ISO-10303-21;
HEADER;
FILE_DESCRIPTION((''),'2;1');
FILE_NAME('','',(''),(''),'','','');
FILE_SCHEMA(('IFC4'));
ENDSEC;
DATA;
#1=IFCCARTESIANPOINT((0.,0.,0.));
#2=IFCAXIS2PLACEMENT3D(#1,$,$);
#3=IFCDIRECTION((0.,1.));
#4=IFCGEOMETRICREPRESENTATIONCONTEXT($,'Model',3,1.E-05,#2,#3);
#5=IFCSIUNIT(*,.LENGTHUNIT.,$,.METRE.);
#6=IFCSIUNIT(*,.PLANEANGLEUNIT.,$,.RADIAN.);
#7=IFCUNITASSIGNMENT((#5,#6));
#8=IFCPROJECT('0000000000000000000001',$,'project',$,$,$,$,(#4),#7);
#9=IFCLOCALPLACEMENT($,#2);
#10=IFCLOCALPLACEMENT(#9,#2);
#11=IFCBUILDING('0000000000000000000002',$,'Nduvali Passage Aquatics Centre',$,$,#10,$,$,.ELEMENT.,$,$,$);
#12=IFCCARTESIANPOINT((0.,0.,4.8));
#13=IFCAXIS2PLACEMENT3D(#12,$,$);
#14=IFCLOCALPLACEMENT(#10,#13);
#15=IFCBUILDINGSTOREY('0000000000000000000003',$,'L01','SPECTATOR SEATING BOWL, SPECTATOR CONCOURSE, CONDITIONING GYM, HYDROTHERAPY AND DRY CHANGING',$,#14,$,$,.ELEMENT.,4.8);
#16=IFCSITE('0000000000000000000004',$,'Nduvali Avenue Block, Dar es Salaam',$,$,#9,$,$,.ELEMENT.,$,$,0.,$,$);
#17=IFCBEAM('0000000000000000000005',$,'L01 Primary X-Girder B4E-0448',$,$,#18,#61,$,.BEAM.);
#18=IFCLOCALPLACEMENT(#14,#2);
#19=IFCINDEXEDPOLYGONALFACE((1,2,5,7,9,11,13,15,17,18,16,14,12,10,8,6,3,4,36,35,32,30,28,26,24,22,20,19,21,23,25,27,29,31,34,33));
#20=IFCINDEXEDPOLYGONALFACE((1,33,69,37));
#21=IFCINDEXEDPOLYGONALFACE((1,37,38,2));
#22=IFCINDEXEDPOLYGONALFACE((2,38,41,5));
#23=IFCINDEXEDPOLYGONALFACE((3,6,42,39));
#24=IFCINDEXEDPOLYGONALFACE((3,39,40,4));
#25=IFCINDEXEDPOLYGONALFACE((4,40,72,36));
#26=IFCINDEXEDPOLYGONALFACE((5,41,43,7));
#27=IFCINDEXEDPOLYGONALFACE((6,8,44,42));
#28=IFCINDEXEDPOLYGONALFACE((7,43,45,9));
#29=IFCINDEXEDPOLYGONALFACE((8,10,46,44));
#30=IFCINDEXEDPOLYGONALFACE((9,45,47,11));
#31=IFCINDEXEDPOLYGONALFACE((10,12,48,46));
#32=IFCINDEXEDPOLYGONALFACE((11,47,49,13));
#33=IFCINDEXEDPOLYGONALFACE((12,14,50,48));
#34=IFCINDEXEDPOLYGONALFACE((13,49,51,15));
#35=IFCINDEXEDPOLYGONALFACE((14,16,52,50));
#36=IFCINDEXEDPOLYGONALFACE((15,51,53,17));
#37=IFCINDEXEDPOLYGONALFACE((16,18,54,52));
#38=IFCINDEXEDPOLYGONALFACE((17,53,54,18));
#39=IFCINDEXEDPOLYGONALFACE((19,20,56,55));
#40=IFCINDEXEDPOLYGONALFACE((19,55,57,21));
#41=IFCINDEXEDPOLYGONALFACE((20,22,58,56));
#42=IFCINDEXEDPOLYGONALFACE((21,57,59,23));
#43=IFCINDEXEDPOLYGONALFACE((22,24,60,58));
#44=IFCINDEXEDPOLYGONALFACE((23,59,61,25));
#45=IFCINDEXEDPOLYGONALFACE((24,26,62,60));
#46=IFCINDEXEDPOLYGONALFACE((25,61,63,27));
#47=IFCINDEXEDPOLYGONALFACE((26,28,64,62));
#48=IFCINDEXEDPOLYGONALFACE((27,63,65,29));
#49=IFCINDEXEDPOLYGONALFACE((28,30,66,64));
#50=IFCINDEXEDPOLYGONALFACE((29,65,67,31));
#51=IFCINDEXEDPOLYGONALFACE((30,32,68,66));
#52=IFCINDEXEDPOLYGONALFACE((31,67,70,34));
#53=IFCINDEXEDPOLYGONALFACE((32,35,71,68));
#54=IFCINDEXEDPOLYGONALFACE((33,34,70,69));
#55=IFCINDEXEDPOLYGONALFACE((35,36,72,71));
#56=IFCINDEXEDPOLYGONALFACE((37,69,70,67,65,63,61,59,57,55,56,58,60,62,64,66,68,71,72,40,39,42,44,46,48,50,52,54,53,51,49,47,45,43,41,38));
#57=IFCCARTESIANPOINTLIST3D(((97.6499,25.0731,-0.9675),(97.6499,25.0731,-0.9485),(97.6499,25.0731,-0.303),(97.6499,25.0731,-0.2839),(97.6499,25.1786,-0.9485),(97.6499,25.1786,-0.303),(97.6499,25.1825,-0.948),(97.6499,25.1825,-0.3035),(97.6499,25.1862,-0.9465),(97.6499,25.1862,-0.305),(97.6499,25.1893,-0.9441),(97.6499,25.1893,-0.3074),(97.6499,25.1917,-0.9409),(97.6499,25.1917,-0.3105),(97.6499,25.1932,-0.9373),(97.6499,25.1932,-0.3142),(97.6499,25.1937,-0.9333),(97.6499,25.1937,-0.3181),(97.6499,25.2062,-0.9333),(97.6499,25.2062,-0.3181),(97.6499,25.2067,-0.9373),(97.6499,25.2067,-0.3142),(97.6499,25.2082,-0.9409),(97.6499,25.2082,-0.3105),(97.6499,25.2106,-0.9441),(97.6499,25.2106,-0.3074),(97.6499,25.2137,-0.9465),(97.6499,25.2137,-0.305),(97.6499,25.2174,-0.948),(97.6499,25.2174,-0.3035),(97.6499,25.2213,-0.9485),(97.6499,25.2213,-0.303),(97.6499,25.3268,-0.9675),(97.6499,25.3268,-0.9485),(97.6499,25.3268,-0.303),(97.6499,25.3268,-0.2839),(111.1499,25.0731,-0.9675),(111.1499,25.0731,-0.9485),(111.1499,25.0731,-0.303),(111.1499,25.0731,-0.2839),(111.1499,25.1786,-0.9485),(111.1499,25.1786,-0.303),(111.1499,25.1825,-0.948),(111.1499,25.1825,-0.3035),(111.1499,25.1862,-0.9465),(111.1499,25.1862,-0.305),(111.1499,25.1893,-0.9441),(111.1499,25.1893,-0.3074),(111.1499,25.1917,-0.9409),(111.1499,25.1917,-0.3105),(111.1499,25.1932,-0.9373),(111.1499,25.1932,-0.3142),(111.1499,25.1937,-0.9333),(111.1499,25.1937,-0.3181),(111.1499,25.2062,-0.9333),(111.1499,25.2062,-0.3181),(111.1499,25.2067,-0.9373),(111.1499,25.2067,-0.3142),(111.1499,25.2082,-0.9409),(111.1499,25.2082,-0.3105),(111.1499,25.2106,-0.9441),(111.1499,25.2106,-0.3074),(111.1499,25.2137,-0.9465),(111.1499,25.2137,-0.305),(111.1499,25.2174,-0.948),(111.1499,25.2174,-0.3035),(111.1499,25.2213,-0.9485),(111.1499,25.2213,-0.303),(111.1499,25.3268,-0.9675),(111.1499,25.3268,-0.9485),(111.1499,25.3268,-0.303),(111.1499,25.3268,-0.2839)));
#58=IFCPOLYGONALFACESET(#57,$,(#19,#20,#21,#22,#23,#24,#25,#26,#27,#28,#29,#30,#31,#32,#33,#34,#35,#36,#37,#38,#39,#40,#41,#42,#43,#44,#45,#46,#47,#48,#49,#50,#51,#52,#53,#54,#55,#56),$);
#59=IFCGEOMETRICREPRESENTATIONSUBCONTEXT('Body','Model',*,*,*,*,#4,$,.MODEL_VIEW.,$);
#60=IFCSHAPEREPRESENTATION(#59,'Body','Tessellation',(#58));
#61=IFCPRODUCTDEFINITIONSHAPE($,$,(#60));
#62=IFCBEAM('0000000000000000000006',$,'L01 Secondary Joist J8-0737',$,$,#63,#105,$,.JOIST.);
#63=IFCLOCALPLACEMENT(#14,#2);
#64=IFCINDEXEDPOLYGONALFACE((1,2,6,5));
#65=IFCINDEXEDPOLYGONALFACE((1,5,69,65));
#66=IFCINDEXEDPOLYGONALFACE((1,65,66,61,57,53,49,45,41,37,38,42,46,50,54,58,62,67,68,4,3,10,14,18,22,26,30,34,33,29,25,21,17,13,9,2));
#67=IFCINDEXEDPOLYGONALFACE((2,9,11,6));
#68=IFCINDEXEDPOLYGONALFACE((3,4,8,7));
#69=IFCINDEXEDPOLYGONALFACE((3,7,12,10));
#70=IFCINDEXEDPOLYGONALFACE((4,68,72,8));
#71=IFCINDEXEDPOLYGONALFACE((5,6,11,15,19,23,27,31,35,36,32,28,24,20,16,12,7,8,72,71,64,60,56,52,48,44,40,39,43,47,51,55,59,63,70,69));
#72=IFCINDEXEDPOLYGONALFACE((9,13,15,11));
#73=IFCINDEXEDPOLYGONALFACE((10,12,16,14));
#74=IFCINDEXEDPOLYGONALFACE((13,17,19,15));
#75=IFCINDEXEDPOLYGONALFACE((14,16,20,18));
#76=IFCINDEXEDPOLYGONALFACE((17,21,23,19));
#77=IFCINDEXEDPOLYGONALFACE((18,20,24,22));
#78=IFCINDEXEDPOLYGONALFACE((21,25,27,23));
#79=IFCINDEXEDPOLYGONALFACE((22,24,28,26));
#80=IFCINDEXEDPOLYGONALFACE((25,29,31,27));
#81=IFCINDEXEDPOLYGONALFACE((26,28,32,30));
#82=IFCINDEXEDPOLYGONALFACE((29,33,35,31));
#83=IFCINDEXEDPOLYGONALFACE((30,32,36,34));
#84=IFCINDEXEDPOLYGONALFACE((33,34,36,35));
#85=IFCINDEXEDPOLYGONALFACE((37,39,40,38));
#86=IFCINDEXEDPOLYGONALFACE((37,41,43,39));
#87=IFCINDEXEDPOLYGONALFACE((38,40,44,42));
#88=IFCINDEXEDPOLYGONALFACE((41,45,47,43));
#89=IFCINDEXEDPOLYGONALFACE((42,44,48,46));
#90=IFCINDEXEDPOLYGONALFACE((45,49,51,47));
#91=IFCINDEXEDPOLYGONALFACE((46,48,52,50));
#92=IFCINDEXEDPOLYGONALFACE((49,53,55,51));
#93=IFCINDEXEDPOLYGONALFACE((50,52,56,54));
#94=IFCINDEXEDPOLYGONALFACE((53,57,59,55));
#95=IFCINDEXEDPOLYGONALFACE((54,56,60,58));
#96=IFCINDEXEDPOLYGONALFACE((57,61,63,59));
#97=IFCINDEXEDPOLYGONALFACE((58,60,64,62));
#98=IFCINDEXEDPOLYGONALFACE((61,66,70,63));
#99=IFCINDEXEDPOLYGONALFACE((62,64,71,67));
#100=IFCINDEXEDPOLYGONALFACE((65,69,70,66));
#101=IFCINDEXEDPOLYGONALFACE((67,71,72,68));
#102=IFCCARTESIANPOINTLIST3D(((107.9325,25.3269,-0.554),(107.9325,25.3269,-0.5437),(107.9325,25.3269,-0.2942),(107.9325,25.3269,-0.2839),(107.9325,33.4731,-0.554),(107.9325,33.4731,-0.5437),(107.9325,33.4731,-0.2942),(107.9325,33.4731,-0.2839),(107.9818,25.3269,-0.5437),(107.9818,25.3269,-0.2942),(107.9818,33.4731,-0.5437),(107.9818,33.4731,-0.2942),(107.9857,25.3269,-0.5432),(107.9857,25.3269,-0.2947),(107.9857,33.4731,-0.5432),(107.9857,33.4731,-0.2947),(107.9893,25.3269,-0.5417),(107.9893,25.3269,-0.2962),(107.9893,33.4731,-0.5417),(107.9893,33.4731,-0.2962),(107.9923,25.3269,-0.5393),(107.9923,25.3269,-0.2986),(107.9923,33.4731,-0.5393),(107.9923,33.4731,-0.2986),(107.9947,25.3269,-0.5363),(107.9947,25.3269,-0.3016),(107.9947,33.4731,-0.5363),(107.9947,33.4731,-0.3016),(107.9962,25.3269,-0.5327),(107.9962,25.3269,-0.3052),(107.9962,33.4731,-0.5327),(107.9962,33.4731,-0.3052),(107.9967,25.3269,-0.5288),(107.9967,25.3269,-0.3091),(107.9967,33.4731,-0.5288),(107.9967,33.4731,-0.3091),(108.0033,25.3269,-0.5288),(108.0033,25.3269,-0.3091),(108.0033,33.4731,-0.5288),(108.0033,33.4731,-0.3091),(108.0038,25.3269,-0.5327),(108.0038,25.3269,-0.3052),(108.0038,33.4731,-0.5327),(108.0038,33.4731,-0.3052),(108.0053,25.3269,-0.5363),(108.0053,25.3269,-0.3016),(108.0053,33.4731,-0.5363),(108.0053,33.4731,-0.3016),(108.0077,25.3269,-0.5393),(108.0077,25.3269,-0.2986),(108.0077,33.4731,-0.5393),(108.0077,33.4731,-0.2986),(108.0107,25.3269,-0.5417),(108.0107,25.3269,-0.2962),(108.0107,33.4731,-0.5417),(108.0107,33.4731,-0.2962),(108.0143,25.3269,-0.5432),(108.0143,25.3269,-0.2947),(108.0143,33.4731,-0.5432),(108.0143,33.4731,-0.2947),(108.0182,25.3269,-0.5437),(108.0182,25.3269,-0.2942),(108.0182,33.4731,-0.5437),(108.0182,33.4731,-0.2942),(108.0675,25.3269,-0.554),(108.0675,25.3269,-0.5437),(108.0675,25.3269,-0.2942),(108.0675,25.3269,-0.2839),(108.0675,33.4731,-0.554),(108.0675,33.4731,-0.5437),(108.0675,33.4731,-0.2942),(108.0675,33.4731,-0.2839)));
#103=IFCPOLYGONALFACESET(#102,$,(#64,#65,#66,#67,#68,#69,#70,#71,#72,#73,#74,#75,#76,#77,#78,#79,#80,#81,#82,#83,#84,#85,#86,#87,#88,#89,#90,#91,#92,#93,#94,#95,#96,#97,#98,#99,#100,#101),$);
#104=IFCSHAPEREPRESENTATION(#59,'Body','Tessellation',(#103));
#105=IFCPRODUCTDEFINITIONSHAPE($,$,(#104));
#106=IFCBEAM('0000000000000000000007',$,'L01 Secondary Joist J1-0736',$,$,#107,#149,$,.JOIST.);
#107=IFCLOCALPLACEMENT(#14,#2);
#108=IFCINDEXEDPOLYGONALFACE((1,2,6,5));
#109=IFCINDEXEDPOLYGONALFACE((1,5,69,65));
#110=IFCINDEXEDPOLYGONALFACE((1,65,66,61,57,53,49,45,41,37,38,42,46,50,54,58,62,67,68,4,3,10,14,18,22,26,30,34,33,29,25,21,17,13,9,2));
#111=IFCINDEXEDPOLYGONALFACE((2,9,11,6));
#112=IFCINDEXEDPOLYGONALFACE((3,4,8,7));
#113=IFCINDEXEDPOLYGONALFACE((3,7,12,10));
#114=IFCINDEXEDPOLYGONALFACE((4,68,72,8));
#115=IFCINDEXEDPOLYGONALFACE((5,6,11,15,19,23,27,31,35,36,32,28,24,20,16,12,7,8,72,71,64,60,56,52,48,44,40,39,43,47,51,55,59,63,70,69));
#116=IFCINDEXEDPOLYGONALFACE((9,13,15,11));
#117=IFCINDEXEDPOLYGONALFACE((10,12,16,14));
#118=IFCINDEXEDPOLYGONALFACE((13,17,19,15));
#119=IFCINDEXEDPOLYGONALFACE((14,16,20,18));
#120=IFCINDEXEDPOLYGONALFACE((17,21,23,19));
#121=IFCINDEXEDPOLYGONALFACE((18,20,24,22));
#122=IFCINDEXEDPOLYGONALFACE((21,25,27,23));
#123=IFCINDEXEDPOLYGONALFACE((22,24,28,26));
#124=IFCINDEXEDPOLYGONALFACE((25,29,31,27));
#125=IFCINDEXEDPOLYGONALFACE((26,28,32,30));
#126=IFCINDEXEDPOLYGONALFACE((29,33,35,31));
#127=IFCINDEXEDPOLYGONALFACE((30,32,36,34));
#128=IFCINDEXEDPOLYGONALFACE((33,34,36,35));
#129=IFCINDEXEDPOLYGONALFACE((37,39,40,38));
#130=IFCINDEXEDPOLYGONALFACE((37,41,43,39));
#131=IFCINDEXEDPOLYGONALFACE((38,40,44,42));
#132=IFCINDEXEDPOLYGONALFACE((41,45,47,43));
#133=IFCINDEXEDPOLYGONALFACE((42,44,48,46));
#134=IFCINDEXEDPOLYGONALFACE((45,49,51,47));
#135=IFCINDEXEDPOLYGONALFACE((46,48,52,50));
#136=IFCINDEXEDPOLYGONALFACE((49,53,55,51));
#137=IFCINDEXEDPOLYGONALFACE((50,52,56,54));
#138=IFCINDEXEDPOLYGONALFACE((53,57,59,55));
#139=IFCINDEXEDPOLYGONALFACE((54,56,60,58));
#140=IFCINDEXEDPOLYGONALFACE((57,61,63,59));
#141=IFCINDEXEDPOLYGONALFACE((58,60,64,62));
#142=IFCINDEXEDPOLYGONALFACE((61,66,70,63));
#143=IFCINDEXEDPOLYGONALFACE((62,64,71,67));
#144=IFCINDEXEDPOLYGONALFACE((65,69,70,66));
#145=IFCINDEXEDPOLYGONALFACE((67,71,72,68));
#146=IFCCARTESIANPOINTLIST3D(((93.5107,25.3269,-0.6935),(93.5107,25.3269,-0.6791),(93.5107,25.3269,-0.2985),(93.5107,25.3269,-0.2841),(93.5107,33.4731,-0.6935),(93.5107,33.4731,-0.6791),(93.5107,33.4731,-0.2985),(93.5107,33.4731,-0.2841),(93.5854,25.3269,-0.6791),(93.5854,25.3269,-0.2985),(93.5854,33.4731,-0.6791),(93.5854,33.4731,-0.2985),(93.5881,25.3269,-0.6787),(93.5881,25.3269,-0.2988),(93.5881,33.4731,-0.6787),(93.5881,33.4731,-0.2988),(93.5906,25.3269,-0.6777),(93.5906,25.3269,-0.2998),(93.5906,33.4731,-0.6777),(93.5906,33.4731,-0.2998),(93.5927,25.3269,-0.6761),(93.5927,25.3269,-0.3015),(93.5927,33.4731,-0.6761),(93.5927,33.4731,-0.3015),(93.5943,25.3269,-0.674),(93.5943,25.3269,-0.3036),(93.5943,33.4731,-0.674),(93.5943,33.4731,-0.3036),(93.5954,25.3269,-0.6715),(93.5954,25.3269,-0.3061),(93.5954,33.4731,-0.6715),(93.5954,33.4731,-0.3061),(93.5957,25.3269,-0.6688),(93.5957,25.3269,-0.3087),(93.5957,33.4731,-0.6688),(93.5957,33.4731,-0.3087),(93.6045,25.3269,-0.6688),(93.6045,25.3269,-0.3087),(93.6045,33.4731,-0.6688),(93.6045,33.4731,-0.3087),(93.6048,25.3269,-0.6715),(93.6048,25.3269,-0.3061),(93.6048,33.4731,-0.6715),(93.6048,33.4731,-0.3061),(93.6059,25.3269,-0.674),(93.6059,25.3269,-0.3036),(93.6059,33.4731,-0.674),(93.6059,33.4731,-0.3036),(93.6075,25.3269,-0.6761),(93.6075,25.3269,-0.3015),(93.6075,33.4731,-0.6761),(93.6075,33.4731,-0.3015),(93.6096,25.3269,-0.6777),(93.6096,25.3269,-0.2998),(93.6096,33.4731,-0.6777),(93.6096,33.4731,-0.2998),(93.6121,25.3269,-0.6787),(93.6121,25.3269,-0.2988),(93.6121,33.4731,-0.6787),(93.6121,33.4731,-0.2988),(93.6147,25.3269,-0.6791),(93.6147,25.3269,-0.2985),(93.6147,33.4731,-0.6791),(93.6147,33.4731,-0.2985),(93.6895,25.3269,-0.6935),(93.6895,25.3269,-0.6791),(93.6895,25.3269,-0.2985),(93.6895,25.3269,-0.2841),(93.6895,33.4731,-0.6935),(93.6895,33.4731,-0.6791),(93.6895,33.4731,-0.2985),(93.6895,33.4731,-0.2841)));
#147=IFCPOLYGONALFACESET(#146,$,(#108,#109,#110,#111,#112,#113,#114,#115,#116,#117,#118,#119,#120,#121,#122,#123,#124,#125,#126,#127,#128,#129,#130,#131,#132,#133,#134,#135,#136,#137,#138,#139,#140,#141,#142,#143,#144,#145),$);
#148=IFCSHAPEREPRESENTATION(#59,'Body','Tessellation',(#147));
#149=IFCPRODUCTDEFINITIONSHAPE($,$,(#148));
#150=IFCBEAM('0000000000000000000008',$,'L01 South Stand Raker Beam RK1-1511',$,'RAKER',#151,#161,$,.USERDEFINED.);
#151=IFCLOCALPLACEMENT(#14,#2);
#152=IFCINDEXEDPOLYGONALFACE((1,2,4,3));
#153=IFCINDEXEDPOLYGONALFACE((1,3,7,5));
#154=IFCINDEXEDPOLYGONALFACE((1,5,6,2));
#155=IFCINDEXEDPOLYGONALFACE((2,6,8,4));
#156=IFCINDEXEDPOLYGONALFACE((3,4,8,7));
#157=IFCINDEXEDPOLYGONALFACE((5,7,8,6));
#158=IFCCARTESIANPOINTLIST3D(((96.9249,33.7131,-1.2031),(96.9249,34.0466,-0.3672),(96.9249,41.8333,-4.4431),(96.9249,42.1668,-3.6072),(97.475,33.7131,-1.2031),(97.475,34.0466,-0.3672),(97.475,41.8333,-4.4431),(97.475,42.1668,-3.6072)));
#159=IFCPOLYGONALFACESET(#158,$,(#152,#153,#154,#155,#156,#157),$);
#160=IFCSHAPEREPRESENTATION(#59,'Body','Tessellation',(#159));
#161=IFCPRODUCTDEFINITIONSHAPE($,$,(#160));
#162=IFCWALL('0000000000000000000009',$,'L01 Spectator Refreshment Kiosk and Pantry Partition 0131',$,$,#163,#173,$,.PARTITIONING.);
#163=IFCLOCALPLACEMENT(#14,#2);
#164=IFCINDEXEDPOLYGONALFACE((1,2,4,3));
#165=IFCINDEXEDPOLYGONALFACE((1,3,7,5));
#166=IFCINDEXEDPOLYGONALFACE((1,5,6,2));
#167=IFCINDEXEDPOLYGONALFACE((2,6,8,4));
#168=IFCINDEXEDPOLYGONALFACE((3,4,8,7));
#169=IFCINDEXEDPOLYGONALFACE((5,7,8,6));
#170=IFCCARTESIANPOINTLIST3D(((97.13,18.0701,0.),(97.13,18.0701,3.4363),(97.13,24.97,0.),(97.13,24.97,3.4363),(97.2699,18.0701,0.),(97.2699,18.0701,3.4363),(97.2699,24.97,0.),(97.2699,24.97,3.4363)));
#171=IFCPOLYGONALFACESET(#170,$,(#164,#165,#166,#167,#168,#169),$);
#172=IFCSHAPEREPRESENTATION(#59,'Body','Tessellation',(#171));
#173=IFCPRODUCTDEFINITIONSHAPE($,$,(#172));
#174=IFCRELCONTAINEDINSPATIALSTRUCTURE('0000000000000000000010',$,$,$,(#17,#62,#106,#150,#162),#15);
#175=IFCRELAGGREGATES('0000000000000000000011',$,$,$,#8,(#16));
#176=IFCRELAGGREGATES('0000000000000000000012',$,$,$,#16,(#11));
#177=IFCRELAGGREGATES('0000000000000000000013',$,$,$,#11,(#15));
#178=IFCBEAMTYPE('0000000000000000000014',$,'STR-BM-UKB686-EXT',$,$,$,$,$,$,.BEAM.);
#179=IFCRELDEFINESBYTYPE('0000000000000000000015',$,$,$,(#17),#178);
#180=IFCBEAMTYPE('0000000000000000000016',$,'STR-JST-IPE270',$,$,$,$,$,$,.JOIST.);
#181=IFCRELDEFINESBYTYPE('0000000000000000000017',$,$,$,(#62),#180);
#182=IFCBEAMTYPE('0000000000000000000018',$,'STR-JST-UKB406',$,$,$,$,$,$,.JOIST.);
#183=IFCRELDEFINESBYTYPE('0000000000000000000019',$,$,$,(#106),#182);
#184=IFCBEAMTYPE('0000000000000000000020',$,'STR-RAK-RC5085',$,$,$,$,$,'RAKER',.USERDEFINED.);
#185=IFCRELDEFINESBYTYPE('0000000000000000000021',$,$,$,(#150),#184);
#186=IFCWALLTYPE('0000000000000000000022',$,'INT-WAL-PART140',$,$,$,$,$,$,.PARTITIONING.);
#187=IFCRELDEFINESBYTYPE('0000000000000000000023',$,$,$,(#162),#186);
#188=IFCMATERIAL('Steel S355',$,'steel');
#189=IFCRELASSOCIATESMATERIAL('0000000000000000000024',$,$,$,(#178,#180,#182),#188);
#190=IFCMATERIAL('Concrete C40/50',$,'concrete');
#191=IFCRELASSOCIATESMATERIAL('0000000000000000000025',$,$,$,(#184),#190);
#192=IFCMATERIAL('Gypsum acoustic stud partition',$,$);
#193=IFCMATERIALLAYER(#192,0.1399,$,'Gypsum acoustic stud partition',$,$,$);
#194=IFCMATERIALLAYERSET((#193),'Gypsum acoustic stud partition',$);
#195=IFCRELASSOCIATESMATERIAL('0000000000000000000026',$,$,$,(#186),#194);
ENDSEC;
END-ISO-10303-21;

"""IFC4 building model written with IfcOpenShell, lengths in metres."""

from ifc_helpers import new_model, si_unit, direction, frame, frame_2d, origin, origin_2d, place, context, subcontext, project, spatial, rectangle, i_section, extrude, material, layer, layer_set, material_profile, profile_set, type_object, element, save


model = new_model("IFC4")

# Units and contexts
model_context = context("Model", 3, precision=1e-05, world=origin(), true_north=direction((0.0, 1.0)))
body_context = subcontext(model_context, "Body", "Model", "MODEL_VIEW")
ifc_project = project(units=[si_unit("LENGTHUNIT", "METRE"), si_unit("PLANEANGLEUNIT", "RADIAN")], contexts=[model_context])

# Site, building, storey
site_placement = place(None, origin())
site = spatial("IfcSite", under=ifc_project, at=site_placement, Name="Nduvali Avenue Block, Dar es Salaam", CompositionType="ELEMENT", RefElevation=0.0)
building_placement = place(site_placement, origin())
building = spatial("IfcBuilding", under=site, at=building_placement, Name="Nduvali Passage Aquatics Centre", CompositionType="ELEMENT")
storey_placement = place(building_placement, frame((0.0, 0.0, 4.8)))
storey = spatial("IfcBuildingStorey", under=building, at=storey_placement, Name="L01", Description="SPECTATOR SEATING BOWL, SPECTATOR CONCOURSE, CONDITIONING GYM, HYDROTHERAPY AND DRY CHANGING", CompositionType="ELEMENT", Elevation=4.8)

# Shared definitions
ifc_material_1 = material(Name="Concrete C40/50", Category="concrete")

# Beams
ifc_material_2 = material(Name="Steel S355", Category="steel")
ifc_material_profile_1 = material_profile(ifc_material_2, i_section(OverallWidth=0.2537, OverallDepth=0.6836, WebThickness=0.0125, FlangeThickness=0.019, FilletRadius=0.0151, at=origin_2d()), Name="UKB 686x254x140")
ifc_profile_set_1 = profile_set([ifc_material_profile_1], Name="Steel S355")
beam_type_1 = type_object("IfcBeamType", Name="STR-BM-UKB686-EXT", PredefinedType="BEAM", material=ifc_profile_set_1)
beam_1_placement = place(storey_placement, frame((97.6499, 25.2, -0.6257), z_axis=(1.0, 0.0, 0.0), x_axis=(0.0, 1.0, 0.0)))
element("IfcBeam", 1, at=beam_1_placement, inside=storey, type_object=beam_type_1, Name="L01 Primary X-Girder B4E-0448", PredefinedType="BEAM", context=body_context, shape_type="SweptSolid", body=[
    extrude(i_section(OverallWidth=0.2537, OverallDepth=0.6836, WebThickness=0.0125, FlangeThickness=0.019, FilletRadius=0.0151, at=origin_2d()), origin(), (0.0, 0.0, 1.0), 13.5),
])
ifc_material_profile_2 = material_profile(ifc_material_2, i_section(OverallWidth=0.135, OverallDepth=0.27, WebThickness=0.0066, FlangeThickness=0.0103, FilletRadius=0.0149, at=origin_2d()), Name="IPE 270")
ifc_profile_set_2 = profile_set([ifc_material_profile_2], Name="Steel S355")
beam_type_2 = type_object("IfcBeamType", Name="STR-JST-IPE270", PredefinedType="JOIST", material=ifc_profile_set_2)
beam_2_placement = place(storey_placement, frame((108.0, 25.3269, -0.4189), z_axis=(0.0, 1.0, 0.0), x_axis=(-1.0, 0.0, 0.0)))
element("IfcBeam", 2, at=beam_2_placement, inside=storey, type_object=beam_type_2, Name="L01 Secondary Joist J8-0737", PredefinedType="JOIST", context=body_context, shape_type="SweptSolid", body=[
    extrude(i_section(OverallWidth=0.135, OverallDepth=0.27, WebThickness=0.0066, FlangeThickness=0.0103, FilletRadius=0.0149, at=origin_2d()), origin(), (0.0, 0.0, 1.0), 8.1462),
])
ifc_material_profile_3 = material_profile(ifc_material_2, i_section(OverallWidth=0.1787, OverallDepth=0.4094, WebThickness=0.0088, FlangeThickness=0.0144, FilletRadius=0.0103, at=origin_2d()), Name="UKB 406x178x67")
ifc_profile_set_3 = profile_set([ifc_material_profile_3], Name="Steel S355")
beam_type_3 = type_object("IfcBeamType", Name="STR-JST-UKB406", PredefinedType="JOIST", material=ifc_profile_set_3)
beam_3_placement = place(storey_placement, frame((93.6001, 25.3269, -0.4888), z_axis=(0.0, 1.0, 0.0), x_axis=(-1.0, 0.0, 0.0)))
element("IfcBeam", 3, at=beam_3_placement, inside=storey, type_object=beam_type_3, Name="L01 Secondary Joist J1-0736", PredefinedType="JOIST", context=body_context, shape_type="SweptSolid", body=[
    extrude(i_section(OverallWidth=0.1787, OverallDepth=0.4094, WebThickness=0.0088, FlangeThickness=0.0144, FilletRadius=0.0103, at=origin_2d()), origin(), (0.0, 0.0, 1.0), 8.1462),
])
ifc_material_profile_4 = material_profile(ifc_material_1, rectangle(XDim=0.55, YDim=0.8999, at=origin_2d()), Name="RC 550x900")
ifc_profile_set_4 = profile_set([ifc_material_profile_4], Name="Concrete C40/50")
beam_type_4 = type_object("IfcBeamType", Name="STR-RAK-RC5085", ElementType="RAKER", PredefinedType="USERDEFINED", material=ifc_profile_set_4)
beam_4_placement = place(storey_placement, frame((97.2, 33.8799, -0.7852), z_axis=(0.0, 0.928794, -0.370596), x_axis=(-1.0, 0.0, 0.0)))
element("IfcBeam", 4, at=beam_4_placement, inside=storey, type_object=beam_type_4, Name="L01 South Stand Raker Beam RK1-1511", ObjectType="RAKER", PredefinedType="USERDEFINED", context=body_context, shape_type="SweptSolid", body=[
    extrude(rectangle(XDim=0.55, YDim=0.8999, at=origin_2d()), origin(), (0.0, 0.0, 1.0), 8.7427),
])

# Wall
ifc_material_3 = material(Name="Gypsum acoustic stud partition")
ifc_layer_1 = layer(ifc_material_3, 0.1399, Name="Gypsum acoustic stud partition")
ifc_layer_set_1 = layer_set([ifc_layer_1], Name="Gypsum acoustic stud partition")
wall_type_1 = type_object("IfcWallType", Name="INT-WAL-PART140", PredefinedType="PARTITIONING", material=ifc_layer_set_1)
wall_1_placement = place(storey_placement, frame((97.2, 18.0701, 0.0), z_axis=(0.0, 0.0, 1.0), x_axis=(0.0, 1.0, 0.0)))
element("IfcWall", 5, at=wall_1_placement, inside=storey, type_object=wall_type_1, Name="L01 Spectator Refreshment Kiosk and Pantry Partition 0131", PredefinedType="PARTITIONING", context=body_context, shape_type="SweptSolid", body=[
    extrude(rectangle(XDim=6.8999, YDim=0.1399, at=frame_2d((3.45, 0.0))), origin(), (0.0, 0.0, 1.0), 3.4363),
])

save(model, "model.ifc")
